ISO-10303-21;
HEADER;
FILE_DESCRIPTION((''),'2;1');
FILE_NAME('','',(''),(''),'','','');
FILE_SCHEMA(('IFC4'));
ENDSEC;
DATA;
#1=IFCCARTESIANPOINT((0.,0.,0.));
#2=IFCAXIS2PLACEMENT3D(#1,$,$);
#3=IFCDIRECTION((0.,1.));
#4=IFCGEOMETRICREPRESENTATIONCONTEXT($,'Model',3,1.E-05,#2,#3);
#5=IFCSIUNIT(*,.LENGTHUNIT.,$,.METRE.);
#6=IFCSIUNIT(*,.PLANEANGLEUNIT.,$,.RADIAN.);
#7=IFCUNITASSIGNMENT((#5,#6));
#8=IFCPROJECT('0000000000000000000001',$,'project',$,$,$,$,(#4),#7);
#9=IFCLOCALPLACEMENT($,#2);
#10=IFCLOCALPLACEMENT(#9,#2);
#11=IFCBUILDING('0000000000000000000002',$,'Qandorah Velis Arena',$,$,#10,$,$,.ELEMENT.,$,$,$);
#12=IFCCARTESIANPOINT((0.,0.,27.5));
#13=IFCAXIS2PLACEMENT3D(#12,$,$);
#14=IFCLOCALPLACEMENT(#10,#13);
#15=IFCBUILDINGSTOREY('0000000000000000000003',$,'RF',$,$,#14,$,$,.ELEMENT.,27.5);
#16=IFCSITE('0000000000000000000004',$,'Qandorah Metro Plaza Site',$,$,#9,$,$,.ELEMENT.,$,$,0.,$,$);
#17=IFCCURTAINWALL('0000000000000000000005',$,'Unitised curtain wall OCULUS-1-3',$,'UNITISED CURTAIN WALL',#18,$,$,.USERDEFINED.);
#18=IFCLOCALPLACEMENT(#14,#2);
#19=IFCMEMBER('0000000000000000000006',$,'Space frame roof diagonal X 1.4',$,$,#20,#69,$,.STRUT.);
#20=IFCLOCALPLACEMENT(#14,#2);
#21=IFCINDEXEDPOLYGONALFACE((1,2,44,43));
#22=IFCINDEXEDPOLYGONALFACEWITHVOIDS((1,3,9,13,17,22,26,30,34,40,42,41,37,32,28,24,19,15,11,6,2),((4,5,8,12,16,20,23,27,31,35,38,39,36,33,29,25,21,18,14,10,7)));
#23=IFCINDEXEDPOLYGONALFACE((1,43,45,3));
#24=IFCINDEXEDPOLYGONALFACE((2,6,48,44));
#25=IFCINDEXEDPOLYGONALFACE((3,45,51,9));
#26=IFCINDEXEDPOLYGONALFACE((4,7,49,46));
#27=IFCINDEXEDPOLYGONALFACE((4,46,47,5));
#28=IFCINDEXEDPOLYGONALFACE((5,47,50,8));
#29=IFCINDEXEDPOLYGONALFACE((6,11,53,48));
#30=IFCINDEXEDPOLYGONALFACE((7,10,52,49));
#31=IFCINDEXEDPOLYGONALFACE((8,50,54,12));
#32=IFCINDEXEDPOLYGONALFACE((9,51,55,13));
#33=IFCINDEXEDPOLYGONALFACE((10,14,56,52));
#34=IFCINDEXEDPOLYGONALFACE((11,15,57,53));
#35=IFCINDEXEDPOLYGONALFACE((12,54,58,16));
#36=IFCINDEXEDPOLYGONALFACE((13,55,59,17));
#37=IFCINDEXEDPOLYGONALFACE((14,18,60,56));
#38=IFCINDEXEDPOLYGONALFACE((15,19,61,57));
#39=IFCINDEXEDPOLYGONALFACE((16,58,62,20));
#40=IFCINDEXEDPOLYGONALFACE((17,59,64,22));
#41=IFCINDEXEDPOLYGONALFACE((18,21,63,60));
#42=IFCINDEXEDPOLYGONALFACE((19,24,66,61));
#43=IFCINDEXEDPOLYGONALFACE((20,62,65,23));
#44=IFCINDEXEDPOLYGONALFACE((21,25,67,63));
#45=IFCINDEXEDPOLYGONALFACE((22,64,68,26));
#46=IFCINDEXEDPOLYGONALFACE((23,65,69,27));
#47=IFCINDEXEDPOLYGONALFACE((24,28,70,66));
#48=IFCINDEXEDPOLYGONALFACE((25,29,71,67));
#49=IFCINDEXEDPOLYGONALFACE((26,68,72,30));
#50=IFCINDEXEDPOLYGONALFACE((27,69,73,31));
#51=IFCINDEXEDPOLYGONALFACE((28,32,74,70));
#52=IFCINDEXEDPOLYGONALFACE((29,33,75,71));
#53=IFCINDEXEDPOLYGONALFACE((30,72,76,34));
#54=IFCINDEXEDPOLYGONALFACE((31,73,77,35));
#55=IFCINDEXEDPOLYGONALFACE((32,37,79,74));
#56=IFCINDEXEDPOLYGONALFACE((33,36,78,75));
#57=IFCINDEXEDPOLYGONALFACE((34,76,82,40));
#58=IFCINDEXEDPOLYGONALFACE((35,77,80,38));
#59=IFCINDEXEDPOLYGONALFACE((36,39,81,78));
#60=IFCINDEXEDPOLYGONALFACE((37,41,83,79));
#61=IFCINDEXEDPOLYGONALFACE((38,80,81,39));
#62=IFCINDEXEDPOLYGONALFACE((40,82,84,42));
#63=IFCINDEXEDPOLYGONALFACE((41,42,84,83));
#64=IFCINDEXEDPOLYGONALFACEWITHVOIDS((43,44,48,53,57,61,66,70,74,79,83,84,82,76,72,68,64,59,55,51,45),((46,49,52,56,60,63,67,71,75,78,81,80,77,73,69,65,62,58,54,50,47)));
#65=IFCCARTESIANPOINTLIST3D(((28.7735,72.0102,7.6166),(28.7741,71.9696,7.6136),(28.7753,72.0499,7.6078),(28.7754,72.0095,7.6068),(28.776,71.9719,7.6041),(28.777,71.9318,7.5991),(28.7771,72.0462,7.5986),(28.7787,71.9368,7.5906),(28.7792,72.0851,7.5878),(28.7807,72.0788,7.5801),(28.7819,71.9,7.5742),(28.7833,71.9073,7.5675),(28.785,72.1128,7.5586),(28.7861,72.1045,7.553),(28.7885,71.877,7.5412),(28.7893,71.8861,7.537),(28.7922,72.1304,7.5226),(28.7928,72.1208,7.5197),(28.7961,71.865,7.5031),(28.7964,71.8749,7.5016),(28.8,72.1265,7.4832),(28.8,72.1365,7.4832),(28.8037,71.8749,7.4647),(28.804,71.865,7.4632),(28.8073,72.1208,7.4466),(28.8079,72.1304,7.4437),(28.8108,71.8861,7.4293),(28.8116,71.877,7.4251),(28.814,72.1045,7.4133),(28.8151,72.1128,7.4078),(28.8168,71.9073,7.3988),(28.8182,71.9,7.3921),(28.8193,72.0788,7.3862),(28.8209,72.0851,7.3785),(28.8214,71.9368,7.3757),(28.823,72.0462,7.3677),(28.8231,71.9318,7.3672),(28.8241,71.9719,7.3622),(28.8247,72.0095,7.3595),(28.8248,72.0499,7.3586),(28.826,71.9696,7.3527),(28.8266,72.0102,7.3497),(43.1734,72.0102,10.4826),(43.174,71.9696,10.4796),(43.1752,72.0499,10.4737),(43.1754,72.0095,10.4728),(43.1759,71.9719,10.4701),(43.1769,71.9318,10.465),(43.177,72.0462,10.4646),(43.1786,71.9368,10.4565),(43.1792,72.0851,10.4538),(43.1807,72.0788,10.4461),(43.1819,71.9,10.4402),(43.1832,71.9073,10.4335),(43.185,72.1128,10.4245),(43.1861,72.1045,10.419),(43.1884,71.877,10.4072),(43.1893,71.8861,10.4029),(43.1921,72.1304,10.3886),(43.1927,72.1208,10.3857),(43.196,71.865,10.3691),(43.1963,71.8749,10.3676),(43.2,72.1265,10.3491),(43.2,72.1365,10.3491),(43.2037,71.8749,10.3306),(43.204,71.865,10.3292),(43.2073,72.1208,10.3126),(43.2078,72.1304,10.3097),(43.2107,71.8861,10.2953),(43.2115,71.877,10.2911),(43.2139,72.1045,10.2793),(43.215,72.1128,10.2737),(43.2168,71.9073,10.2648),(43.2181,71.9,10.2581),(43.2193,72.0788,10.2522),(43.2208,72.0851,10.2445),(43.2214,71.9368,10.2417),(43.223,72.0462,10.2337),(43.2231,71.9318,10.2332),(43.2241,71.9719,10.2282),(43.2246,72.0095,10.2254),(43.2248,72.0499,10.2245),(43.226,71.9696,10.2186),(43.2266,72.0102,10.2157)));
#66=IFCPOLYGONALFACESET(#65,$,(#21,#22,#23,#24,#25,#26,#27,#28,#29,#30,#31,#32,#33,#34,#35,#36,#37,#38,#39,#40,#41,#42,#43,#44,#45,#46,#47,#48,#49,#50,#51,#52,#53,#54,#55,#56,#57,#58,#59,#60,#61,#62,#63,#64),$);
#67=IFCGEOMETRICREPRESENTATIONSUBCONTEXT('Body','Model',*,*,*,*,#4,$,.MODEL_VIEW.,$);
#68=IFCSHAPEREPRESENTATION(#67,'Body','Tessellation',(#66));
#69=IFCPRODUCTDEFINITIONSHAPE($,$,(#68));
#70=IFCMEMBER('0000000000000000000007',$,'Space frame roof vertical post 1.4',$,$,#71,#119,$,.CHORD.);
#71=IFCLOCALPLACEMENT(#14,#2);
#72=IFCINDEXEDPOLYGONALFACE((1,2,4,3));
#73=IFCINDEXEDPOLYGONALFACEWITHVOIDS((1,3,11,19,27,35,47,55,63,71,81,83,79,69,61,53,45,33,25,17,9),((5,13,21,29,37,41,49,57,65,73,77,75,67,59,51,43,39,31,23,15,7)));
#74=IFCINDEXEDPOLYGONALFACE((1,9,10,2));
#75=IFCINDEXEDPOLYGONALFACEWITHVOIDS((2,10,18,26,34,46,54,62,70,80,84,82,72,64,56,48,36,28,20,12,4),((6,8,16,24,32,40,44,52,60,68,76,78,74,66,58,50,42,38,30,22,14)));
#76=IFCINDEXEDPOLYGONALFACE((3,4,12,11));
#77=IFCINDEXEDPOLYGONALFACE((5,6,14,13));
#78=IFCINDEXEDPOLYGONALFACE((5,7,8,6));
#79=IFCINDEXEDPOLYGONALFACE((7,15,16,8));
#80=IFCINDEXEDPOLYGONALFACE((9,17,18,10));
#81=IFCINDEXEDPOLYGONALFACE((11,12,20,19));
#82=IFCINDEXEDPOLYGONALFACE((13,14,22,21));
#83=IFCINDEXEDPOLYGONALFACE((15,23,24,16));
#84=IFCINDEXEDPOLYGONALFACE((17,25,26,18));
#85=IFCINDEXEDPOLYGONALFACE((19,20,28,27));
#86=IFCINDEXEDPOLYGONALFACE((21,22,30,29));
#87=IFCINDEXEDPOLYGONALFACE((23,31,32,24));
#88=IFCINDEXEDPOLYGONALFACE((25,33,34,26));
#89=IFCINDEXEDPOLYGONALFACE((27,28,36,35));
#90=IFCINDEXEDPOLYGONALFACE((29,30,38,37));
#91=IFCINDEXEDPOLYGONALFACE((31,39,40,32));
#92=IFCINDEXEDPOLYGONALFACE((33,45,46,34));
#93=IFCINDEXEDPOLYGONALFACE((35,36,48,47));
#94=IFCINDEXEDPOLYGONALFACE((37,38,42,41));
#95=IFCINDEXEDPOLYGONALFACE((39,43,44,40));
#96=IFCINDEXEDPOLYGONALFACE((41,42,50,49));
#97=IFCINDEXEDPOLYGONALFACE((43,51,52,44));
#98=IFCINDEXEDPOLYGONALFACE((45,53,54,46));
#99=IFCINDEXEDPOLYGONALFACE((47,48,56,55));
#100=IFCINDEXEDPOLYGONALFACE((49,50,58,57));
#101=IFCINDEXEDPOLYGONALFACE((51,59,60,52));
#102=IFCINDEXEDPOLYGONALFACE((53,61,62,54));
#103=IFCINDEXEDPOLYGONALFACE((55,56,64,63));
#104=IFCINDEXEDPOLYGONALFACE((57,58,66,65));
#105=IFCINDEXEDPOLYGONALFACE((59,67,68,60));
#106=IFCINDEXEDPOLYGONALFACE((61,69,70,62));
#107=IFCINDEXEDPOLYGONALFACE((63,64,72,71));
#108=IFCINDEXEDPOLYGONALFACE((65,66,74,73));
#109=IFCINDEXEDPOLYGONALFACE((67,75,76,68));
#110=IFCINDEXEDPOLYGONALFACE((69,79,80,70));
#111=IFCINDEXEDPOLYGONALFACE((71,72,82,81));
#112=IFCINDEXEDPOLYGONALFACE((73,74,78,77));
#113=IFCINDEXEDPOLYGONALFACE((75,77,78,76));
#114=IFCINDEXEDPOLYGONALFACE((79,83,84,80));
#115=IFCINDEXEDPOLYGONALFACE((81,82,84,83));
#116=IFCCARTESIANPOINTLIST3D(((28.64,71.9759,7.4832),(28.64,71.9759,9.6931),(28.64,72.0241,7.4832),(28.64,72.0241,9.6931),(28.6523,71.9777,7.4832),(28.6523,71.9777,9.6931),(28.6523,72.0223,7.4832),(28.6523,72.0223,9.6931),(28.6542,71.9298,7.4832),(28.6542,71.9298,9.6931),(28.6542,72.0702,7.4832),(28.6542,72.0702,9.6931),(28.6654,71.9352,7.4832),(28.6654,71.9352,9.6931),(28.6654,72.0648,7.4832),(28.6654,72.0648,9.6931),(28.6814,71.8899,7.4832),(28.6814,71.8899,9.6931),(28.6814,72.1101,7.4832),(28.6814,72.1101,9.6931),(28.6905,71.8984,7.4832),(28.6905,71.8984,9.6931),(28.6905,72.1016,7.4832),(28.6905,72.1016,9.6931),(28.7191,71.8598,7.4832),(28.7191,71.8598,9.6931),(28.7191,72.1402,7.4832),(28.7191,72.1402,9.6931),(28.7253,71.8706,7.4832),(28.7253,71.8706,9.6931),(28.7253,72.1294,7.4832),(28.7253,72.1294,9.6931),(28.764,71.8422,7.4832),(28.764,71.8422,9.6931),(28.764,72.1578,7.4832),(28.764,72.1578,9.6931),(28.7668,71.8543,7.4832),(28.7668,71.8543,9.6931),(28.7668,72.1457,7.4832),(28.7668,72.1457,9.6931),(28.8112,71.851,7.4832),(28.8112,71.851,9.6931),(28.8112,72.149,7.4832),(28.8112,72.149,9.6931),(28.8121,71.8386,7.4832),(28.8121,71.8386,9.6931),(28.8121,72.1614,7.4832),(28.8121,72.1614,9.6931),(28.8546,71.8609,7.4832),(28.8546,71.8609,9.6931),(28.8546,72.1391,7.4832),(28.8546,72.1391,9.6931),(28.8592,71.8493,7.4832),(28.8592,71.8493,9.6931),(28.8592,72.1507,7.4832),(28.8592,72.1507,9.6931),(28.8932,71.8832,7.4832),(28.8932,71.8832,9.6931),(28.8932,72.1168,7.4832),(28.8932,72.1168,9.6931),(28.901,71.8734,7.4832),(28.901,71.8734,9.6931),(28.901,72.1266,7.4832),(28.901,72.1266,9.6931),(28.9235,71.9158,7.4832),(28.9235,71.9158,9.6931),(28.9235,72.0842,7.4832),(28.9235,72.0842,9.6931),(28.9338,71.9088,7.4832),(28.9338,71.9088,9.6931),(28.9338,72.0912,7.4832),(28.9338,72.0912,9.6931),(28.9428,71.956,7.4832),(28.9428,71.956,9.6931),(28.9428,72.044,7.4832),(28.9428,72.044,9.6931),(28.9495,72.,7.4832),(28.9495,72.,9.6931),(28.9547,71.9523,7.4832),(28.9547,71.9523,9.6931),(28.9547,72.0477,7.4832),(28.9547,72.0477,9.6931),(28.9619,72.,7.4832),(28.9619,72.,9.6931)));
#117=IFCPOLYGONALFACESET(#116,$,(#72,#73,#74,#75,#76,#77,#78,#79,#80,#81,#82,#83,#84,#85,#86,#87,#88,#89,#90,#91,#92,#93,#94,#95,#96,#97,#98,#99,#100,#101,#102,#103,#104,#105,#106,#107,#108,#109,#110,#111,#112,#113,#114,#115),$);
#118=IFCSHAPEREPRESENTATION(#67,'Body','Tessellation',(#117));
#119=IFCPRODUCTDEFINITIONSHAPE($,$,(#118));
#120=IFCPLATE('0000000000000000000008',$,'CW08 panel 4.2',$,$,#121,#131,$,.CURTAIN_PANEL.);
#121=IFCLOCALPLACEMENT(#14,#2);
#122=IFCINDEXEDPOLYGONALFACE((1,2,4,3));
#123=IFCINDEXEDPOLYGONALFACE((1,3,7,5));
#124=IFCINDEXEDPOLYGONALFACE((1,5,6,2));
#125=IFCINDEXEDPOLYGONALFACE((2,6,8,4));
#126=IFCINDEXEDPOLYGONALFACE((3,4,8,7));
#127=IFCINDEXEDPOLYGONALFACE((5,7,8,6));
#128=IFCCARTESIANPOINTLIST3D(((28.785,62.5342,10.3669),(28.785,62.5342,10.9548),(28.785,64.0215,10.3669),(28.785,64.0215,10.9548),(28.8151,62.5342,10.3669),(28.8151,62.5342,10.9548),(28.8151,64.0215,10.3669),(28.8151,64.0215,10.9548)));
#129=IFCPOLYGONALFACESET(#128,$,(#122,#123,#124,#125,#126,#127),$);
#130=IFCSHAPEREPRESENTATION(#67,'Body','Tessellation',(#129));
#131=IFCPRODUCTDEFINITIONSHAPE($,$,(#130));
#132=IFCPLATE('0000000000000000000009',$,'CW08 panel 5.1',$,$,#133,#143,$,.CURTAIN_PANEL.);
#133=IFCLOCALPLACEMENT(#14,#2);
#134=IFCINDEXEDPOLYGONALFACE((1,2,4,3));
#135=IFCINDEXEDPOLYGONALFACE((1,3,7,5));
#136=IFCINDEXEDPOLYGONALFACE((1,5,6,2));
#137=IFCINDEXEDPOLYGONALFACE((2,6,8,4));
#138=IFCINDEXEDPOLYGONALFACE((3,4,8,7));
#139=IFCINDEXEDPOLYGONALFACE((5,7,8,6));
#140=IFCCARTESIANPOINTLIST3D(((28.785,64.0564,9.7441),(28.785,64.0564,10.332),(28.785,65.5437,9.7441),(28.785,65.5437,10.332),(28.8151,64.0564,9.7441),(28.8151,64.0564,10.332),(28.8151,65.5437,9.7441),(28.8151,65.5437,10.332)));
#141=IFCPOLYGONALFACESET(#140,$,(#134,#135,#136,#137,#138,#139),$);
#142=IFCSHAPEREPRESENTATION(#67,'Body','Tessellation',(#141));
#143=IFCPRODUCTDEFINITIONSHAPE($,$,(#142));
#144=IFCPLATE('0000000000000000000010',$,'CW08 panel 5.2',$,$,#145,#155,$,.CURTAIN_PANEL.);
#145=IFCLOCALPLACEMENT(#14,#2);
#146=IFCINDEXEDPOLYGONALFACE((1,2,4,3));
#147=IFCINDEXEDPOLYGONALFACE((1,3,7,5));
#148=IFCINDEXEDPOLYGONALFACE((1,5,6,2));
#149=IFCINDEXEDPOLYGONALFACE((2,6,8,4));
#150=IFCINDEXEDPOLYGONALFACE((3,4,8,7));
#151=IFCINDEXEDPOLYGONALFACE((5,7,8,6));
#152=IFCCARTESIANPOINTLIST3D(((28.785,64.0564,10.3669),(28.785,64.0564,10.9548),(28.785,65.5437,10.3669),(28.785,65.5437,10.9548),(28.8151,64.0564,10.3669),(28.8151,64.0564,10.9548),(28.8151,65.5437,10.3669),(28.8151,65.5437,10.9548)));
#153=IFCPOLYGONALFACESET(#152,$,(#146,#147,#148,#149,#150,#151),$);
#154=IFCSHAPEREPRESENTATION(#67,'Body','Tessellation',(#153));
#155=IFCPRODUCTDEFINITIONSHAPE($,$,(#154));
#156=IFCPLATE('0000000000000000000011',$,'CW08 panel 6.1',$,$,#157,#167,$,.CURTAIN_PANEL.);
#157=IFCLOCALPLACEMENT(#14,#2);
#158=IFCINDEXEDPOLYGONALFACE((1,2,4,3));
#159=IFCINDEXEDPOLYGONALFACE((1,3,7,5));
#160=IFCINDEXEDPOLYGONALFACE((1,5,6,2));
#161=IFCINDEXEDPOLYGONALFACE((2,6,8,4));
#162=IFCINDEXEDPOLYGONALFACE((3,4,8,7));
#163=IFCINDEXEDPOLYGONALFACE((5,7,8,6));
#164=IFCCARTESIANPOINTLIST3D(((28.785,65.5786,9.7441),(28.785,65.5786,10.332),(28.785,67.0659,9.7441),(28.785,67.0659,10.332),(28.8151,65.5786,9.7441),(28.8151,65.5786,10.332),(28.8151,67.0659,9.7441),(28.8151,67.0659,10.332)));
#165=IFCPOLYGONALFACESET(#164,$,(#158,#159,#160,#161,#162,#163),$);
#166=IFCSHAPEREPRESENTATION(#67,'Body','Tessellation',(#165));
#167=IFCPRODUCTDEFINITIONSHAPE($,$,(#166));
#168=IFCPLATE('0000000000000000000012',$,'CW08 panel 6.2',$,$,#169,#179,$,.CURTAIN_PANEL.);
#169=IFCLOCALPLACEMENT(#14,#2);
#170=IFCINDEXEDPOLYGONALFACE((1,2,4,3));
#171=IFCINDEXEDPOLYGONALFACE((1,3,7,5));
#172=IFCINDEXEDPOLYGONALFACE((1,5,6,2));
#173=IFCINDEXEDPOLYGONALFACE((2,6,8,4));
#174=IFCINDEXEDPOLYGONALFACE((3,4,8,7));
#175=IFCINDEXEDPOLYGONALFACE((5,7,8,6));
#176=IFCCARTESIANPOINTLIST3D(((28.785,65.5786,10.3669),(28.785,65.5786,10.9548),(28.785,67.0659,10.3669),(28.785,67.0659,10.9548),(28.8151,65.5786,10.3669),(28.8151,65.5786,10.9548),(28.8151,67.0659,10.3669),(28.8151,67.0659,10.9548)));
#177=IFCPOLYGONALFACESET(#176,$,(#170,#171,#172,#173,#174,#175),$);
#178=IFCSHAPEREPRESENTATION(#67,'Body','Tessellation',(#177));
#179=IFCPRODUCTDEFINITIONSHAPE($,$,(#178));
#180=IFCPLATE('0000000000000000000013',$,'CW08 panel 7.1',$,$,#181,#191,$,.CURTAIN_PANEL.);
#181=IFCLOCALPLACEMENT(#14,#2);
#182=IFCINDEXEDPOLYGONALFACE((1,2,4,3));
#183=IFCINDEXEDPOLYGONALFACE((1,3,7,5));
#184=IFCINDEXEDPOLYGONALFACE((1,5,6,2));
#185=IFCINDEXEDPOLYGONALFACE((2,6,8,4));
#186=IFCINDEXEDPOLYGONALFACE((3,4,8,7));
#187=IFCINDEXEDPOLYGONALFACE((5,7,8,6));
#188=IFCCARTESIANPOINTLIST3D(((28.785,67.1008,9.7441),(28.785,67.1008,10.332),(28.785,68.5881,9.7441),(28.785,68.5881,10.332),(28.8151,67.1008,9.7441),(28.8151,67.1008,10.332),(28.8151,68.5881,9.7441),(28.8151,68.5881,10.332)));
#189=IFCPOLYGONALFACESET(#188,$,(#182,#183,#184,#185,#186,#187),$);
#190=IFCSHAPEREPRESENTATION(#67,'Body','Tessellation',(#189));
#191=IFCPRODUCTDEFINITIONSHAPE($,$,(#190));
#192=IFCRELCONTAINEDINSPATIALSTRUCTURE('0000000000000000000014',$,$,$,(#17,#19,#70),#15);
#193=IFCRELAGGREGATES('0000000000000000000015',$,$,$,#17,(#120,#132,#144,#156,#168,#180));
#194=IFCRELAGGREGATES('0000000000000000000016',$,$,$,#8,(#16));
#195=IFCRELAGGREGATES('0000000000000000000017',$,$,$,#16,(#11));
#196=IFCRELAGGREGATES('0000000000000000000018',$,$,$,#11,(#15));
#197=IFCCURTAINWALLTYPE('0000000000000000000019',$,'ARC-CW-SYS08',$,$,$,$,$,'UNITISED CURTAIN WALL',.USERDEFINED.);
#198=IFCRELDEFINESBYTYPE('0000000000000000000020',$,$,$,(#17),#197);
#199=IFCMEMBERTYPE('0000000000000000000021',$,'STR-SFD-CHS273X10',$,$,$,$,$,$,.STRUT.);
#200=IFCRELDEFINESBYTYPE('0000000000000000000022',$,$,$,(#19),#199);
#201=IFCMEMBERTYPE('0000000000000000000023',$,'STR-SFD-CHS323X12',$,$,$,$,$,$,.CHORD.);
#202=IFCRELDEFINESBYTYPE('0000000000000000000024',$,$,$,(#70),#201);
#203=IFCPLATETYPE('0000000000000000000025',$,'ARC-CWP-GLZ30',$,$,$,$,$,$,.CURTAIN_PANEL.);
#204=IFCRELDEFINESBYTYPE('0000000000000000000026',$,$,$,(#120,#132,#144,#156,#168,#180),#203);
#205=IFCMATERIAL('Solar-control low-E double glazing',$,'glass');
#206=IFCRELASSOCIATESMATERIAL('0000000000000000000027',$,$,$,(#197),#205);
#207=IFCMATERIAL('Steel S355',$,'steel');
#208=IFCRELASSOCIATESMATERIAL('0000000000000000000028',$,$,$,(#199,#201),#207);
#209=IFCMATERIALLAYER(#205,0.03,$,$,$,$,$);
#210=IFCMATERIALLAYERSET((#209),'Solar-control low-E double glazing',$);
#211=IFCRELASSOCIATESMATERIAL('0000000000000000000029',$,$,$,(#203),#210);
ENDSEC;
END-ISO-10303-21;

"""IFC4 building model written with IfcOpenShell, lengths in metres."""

from ifc_helpers import new_model, si_unit, direction, frame, origin, origin_2d, place, context, subcontext, project, spatial, rectangle, hollow_circle, extrude, material, layer, layer_set, material_profile, profile_set, type_object, element, aggregate, save


model = new_model("IFC4")

# Units and contexts
model_context = context("Model", 3, precision=1e-05, world=origin(), true_north=direction((0.0, 1.0)))
body_context = subcontext(model_context, "Body", "Model", "MODEL_VIEW")
ifc_project = project(units=[si_unit("LENGTHUNIT", "METRE"), si_unit("PLANEANGLEUNIT", "RADIAN")], contexts=[model_context])

# Site, building, storey
site_placement = place(None, origin())
site = spatial("IfcSite", under=ifc_project, at=site_placement, Name="Qandorah Metro Plaza Site", CompositionType="ELEMENT", RefElevation=0.0)
building_placement = place(site_placement, origin())
building = spatial("IfcBuilding", under=site, at=building_placement, Name="Qandorah Velis Arena", CompositionType="ELEMENT")
storey_placement = place(building_placement, frame((0.0, 0.0, 27.5)))
storey = spatial("IfcBuildingStorey", under=building, at=storey_placement, Name="RF", CompositionType="ELEMENT", Elevation=27.5)

# Curtain wall
ifc_material_1 = material(Name="Solar-control low-E double glazing", Category="glass")
curtain_wall_type = type_object("IfcCurtainWallType", Name="ARC-CW-SYS08", ElementType="UNITISED CURTAIN WALL", PredefinedType="USERDEFINED", material=ifc_material_1)
curtain_wall_placement = place(storey_placement, origin())
curtain_wall = element("IfcCurtainWall", 1, at=curtain_wall_placement, inside=storey, type_object=curtain_wall_type, Name="Unitised curtain wall OCULUS-1-3", ObjectType="UNITISED CURTAIN WALL", PredefinedType="USERDEFINED")

# Shared definitions
ifc_material_2 = material(Name="Steel S355", Category="steel")

# Members
ifc_material_profile_1 = material_profile(ifc_material_2, hollow_circle(Radius=0.1365, WallThickness=0.01, at=origin_2d()), Name="CHS 273x10")
ifc_profile_set_1 = profile_set([ifc_material_profile_1], Name="Steel S355")
member_type_1 = type_object("IfcMemberType", Name="STR-SFD-CHS273X10", PredefinedType="STRUT", material=ifc_profile_set_1)
member_1_placement = place(storey_placement, frame((28.8, 72.0, 7.4832), z_axis=(0.980764, 0.0, 0.195198), x_axis=(0.0, 1.0, 0.0)))
element("IfcMember", 2, at=member_1_placement, inside=storey, type_object=member_type_1, Name="Space frame roof diagonal X 1.4", PredefinedType="STRUT", context=body_context, shape_type="SweptSolid", body=[
    extrude(hollow_circle(Radius=0.1365, WallThickness=0.01, at=origin_2d()), origin(), (0.0, 0.0, 1.0), 14.6824),
])
ifc_material_profile_2 = material_profile(ifc_material_2, hollow_circle(Radius=0.1619, WallThickness=0.0125, at=origin_2d()), Name="CHS 323.9x12.5")
ifc_profile_set_2 = profile_set([ifc_material_profile_2], Name="Steel S355")
member_type_2 = type_object("IfcMemberType", Name="STR-SFD-CHS323X12", PredefinedType="CHORD", material=ifc_profile_set_2)
member_2_placement = place(storey_placement, frame((28.8, 72.0, 7.4832), z_axis=(0.0, 0.0, 1.0), x_axis=(1.0, 0.0, 0.0)))
element("IfcMember", 3, at=member_2_placement, inside=storey, type_object=member_type_2, Name="Space frame roof vertical post 1.4", PredefinedType="CHORD", context=body_context, shape_type="SweptSolid", body=[
    extrude(hollow_circle(Radius=0.1619, WallThickness=0.0125, at=origin_2d()), origin(), (0.0, 0.0, 1.0), 2.21),
])

# Plates
ifc_layer = layer(ifc_material_1, 0.03)
ifc_layer_set = layer_set([ifc_layer], Name="Solar-control low-E double glazing")
plate_type = type_object("IfcPlateType", Name="ARC-CWP-GLZ30", PredefinedType="CURTAIN_PANEL", material=ifc_layer_set)
plate_1_placement = place(storey_placement, frame((28.8, 63.2778, 10.3669), z_axis=(0.0, 0.0, 1.0), x_axis=(0.0, 1.0, 0.0)))
plate_1 = element("IfcPlate", 4, at=plate_1_placement, type_object=plate_type, Name="CW08 panel 4.2", PredefinedType="CURTAIN_PANEL", context=body_context, shape_type="SweptSolid", body=[
    extrude(rectangle(XDim=1.4873, YDim=0.03, at=origin_2d()), origin(), (0.0, 0.0, 1.0), 0.5879),
])
plate_2_placement = place(storey_placement, frame((28.8, 64.8, 9.7441), z_axis=(0.0, 0.0, 1.0), x_axis=(0.0, 1.0, 0.0)))
plate_2 = element("IfcPlate", 5, at=plate_2_placement, type_object=plate_type, Name="CW08 panel 5.1", PredefinedType="CURTAIN_PANEL", context=body_context, shape_type="SweptSolid", body=[
    extrude(rectangle(XDim=1.4873, YDim=0.03, at=origin_2d()), origin(), (0.0, 0.0, 1.0), 0.5879),
])
plate_3_placement = place(storey_placement, frame((28.8, 64.8, 10.3669), z_axis=(0.0, 0.0, 1.0), x_axis=(0.0, 1.0, 0.0)))
plate_3 = element("IfcPlate", 6, at=plate_3_placement, type_object=plate_type, Name="CW08 panel 5.2", PredefinedType="CURTAIN_PANEL", context=body_context, shape_type="SweptSolid", body=[
    extrude(rectangle(XDim=1.4873, YDim=0.03, at=origin_2d()), origin(), (0.0, 0.0, 1.0), 0.5879),
])
plate_4_placement = place(storey_placement, frame((28.8, 66.3223, 9.7441), z_axis=(0.0, 0.0, 1.0), x_axis=(0.0, 1.0, 0.0)))
plate_4 = element("IfcPlate", 7, at=plate_4_placement, type_object=plate_type, Name="CW08 panel 6.1", PredefinedType="CURTAIN_PANEL", context=body_context, shape_type="SweptSolid", body=[
    extrude(rectangle(XDim=1.4873, YDim=0.03, at=origin_2d()), origin(), (0.0, 0.0, 1.0), 0.5879),
])
plate_5_placement = place(storey_placement, frame((28.8, 66.3223, 10.3669), z_axis=(0.0, 0.0, 1.0), x_axis=(0.0, 1.0, 0.0)))
plate_5 = element("IfcPlate", 8, at=plate_5_placement, type_object=plate_type, Name="CW08 panel 6.2", PredefinedType="CURTAIN_PANEL", context=body_context, shape_type="SweptSolid", body=[
    extrude(rectangle(XDim=1.4873, YDim=0.03, at=origin_2d()), origin(), (0.0, 0.0, 1.0), 0.5879),
])
plate_6_placement = place(storey_placement, frame((28.8, 67.8445, 9.7441), z_axis=(0.0, 0.0, 1.0), x_axis=(0.0, 1.0, 0.0)))
plate_6 = element("IfcPlate", 9, at=plate_6_placement, type_object=plate_type, Name="CW08 panel 7.1", PredefinedType="CURTAIN_PANEL", context=body_context, shape_type="SweptSolid", body=[
    extrude(rectangle(XDim=1.4873, YDim=0.03, at=origin_2d()), origin(), (0.0, 0.0, 1.0), 0.5879),
])
aggregate(curtain_wall, [plate_1, plate_2, plate_3, plate_4, plate_5, plate_6])

save(model, "model.ifc")
